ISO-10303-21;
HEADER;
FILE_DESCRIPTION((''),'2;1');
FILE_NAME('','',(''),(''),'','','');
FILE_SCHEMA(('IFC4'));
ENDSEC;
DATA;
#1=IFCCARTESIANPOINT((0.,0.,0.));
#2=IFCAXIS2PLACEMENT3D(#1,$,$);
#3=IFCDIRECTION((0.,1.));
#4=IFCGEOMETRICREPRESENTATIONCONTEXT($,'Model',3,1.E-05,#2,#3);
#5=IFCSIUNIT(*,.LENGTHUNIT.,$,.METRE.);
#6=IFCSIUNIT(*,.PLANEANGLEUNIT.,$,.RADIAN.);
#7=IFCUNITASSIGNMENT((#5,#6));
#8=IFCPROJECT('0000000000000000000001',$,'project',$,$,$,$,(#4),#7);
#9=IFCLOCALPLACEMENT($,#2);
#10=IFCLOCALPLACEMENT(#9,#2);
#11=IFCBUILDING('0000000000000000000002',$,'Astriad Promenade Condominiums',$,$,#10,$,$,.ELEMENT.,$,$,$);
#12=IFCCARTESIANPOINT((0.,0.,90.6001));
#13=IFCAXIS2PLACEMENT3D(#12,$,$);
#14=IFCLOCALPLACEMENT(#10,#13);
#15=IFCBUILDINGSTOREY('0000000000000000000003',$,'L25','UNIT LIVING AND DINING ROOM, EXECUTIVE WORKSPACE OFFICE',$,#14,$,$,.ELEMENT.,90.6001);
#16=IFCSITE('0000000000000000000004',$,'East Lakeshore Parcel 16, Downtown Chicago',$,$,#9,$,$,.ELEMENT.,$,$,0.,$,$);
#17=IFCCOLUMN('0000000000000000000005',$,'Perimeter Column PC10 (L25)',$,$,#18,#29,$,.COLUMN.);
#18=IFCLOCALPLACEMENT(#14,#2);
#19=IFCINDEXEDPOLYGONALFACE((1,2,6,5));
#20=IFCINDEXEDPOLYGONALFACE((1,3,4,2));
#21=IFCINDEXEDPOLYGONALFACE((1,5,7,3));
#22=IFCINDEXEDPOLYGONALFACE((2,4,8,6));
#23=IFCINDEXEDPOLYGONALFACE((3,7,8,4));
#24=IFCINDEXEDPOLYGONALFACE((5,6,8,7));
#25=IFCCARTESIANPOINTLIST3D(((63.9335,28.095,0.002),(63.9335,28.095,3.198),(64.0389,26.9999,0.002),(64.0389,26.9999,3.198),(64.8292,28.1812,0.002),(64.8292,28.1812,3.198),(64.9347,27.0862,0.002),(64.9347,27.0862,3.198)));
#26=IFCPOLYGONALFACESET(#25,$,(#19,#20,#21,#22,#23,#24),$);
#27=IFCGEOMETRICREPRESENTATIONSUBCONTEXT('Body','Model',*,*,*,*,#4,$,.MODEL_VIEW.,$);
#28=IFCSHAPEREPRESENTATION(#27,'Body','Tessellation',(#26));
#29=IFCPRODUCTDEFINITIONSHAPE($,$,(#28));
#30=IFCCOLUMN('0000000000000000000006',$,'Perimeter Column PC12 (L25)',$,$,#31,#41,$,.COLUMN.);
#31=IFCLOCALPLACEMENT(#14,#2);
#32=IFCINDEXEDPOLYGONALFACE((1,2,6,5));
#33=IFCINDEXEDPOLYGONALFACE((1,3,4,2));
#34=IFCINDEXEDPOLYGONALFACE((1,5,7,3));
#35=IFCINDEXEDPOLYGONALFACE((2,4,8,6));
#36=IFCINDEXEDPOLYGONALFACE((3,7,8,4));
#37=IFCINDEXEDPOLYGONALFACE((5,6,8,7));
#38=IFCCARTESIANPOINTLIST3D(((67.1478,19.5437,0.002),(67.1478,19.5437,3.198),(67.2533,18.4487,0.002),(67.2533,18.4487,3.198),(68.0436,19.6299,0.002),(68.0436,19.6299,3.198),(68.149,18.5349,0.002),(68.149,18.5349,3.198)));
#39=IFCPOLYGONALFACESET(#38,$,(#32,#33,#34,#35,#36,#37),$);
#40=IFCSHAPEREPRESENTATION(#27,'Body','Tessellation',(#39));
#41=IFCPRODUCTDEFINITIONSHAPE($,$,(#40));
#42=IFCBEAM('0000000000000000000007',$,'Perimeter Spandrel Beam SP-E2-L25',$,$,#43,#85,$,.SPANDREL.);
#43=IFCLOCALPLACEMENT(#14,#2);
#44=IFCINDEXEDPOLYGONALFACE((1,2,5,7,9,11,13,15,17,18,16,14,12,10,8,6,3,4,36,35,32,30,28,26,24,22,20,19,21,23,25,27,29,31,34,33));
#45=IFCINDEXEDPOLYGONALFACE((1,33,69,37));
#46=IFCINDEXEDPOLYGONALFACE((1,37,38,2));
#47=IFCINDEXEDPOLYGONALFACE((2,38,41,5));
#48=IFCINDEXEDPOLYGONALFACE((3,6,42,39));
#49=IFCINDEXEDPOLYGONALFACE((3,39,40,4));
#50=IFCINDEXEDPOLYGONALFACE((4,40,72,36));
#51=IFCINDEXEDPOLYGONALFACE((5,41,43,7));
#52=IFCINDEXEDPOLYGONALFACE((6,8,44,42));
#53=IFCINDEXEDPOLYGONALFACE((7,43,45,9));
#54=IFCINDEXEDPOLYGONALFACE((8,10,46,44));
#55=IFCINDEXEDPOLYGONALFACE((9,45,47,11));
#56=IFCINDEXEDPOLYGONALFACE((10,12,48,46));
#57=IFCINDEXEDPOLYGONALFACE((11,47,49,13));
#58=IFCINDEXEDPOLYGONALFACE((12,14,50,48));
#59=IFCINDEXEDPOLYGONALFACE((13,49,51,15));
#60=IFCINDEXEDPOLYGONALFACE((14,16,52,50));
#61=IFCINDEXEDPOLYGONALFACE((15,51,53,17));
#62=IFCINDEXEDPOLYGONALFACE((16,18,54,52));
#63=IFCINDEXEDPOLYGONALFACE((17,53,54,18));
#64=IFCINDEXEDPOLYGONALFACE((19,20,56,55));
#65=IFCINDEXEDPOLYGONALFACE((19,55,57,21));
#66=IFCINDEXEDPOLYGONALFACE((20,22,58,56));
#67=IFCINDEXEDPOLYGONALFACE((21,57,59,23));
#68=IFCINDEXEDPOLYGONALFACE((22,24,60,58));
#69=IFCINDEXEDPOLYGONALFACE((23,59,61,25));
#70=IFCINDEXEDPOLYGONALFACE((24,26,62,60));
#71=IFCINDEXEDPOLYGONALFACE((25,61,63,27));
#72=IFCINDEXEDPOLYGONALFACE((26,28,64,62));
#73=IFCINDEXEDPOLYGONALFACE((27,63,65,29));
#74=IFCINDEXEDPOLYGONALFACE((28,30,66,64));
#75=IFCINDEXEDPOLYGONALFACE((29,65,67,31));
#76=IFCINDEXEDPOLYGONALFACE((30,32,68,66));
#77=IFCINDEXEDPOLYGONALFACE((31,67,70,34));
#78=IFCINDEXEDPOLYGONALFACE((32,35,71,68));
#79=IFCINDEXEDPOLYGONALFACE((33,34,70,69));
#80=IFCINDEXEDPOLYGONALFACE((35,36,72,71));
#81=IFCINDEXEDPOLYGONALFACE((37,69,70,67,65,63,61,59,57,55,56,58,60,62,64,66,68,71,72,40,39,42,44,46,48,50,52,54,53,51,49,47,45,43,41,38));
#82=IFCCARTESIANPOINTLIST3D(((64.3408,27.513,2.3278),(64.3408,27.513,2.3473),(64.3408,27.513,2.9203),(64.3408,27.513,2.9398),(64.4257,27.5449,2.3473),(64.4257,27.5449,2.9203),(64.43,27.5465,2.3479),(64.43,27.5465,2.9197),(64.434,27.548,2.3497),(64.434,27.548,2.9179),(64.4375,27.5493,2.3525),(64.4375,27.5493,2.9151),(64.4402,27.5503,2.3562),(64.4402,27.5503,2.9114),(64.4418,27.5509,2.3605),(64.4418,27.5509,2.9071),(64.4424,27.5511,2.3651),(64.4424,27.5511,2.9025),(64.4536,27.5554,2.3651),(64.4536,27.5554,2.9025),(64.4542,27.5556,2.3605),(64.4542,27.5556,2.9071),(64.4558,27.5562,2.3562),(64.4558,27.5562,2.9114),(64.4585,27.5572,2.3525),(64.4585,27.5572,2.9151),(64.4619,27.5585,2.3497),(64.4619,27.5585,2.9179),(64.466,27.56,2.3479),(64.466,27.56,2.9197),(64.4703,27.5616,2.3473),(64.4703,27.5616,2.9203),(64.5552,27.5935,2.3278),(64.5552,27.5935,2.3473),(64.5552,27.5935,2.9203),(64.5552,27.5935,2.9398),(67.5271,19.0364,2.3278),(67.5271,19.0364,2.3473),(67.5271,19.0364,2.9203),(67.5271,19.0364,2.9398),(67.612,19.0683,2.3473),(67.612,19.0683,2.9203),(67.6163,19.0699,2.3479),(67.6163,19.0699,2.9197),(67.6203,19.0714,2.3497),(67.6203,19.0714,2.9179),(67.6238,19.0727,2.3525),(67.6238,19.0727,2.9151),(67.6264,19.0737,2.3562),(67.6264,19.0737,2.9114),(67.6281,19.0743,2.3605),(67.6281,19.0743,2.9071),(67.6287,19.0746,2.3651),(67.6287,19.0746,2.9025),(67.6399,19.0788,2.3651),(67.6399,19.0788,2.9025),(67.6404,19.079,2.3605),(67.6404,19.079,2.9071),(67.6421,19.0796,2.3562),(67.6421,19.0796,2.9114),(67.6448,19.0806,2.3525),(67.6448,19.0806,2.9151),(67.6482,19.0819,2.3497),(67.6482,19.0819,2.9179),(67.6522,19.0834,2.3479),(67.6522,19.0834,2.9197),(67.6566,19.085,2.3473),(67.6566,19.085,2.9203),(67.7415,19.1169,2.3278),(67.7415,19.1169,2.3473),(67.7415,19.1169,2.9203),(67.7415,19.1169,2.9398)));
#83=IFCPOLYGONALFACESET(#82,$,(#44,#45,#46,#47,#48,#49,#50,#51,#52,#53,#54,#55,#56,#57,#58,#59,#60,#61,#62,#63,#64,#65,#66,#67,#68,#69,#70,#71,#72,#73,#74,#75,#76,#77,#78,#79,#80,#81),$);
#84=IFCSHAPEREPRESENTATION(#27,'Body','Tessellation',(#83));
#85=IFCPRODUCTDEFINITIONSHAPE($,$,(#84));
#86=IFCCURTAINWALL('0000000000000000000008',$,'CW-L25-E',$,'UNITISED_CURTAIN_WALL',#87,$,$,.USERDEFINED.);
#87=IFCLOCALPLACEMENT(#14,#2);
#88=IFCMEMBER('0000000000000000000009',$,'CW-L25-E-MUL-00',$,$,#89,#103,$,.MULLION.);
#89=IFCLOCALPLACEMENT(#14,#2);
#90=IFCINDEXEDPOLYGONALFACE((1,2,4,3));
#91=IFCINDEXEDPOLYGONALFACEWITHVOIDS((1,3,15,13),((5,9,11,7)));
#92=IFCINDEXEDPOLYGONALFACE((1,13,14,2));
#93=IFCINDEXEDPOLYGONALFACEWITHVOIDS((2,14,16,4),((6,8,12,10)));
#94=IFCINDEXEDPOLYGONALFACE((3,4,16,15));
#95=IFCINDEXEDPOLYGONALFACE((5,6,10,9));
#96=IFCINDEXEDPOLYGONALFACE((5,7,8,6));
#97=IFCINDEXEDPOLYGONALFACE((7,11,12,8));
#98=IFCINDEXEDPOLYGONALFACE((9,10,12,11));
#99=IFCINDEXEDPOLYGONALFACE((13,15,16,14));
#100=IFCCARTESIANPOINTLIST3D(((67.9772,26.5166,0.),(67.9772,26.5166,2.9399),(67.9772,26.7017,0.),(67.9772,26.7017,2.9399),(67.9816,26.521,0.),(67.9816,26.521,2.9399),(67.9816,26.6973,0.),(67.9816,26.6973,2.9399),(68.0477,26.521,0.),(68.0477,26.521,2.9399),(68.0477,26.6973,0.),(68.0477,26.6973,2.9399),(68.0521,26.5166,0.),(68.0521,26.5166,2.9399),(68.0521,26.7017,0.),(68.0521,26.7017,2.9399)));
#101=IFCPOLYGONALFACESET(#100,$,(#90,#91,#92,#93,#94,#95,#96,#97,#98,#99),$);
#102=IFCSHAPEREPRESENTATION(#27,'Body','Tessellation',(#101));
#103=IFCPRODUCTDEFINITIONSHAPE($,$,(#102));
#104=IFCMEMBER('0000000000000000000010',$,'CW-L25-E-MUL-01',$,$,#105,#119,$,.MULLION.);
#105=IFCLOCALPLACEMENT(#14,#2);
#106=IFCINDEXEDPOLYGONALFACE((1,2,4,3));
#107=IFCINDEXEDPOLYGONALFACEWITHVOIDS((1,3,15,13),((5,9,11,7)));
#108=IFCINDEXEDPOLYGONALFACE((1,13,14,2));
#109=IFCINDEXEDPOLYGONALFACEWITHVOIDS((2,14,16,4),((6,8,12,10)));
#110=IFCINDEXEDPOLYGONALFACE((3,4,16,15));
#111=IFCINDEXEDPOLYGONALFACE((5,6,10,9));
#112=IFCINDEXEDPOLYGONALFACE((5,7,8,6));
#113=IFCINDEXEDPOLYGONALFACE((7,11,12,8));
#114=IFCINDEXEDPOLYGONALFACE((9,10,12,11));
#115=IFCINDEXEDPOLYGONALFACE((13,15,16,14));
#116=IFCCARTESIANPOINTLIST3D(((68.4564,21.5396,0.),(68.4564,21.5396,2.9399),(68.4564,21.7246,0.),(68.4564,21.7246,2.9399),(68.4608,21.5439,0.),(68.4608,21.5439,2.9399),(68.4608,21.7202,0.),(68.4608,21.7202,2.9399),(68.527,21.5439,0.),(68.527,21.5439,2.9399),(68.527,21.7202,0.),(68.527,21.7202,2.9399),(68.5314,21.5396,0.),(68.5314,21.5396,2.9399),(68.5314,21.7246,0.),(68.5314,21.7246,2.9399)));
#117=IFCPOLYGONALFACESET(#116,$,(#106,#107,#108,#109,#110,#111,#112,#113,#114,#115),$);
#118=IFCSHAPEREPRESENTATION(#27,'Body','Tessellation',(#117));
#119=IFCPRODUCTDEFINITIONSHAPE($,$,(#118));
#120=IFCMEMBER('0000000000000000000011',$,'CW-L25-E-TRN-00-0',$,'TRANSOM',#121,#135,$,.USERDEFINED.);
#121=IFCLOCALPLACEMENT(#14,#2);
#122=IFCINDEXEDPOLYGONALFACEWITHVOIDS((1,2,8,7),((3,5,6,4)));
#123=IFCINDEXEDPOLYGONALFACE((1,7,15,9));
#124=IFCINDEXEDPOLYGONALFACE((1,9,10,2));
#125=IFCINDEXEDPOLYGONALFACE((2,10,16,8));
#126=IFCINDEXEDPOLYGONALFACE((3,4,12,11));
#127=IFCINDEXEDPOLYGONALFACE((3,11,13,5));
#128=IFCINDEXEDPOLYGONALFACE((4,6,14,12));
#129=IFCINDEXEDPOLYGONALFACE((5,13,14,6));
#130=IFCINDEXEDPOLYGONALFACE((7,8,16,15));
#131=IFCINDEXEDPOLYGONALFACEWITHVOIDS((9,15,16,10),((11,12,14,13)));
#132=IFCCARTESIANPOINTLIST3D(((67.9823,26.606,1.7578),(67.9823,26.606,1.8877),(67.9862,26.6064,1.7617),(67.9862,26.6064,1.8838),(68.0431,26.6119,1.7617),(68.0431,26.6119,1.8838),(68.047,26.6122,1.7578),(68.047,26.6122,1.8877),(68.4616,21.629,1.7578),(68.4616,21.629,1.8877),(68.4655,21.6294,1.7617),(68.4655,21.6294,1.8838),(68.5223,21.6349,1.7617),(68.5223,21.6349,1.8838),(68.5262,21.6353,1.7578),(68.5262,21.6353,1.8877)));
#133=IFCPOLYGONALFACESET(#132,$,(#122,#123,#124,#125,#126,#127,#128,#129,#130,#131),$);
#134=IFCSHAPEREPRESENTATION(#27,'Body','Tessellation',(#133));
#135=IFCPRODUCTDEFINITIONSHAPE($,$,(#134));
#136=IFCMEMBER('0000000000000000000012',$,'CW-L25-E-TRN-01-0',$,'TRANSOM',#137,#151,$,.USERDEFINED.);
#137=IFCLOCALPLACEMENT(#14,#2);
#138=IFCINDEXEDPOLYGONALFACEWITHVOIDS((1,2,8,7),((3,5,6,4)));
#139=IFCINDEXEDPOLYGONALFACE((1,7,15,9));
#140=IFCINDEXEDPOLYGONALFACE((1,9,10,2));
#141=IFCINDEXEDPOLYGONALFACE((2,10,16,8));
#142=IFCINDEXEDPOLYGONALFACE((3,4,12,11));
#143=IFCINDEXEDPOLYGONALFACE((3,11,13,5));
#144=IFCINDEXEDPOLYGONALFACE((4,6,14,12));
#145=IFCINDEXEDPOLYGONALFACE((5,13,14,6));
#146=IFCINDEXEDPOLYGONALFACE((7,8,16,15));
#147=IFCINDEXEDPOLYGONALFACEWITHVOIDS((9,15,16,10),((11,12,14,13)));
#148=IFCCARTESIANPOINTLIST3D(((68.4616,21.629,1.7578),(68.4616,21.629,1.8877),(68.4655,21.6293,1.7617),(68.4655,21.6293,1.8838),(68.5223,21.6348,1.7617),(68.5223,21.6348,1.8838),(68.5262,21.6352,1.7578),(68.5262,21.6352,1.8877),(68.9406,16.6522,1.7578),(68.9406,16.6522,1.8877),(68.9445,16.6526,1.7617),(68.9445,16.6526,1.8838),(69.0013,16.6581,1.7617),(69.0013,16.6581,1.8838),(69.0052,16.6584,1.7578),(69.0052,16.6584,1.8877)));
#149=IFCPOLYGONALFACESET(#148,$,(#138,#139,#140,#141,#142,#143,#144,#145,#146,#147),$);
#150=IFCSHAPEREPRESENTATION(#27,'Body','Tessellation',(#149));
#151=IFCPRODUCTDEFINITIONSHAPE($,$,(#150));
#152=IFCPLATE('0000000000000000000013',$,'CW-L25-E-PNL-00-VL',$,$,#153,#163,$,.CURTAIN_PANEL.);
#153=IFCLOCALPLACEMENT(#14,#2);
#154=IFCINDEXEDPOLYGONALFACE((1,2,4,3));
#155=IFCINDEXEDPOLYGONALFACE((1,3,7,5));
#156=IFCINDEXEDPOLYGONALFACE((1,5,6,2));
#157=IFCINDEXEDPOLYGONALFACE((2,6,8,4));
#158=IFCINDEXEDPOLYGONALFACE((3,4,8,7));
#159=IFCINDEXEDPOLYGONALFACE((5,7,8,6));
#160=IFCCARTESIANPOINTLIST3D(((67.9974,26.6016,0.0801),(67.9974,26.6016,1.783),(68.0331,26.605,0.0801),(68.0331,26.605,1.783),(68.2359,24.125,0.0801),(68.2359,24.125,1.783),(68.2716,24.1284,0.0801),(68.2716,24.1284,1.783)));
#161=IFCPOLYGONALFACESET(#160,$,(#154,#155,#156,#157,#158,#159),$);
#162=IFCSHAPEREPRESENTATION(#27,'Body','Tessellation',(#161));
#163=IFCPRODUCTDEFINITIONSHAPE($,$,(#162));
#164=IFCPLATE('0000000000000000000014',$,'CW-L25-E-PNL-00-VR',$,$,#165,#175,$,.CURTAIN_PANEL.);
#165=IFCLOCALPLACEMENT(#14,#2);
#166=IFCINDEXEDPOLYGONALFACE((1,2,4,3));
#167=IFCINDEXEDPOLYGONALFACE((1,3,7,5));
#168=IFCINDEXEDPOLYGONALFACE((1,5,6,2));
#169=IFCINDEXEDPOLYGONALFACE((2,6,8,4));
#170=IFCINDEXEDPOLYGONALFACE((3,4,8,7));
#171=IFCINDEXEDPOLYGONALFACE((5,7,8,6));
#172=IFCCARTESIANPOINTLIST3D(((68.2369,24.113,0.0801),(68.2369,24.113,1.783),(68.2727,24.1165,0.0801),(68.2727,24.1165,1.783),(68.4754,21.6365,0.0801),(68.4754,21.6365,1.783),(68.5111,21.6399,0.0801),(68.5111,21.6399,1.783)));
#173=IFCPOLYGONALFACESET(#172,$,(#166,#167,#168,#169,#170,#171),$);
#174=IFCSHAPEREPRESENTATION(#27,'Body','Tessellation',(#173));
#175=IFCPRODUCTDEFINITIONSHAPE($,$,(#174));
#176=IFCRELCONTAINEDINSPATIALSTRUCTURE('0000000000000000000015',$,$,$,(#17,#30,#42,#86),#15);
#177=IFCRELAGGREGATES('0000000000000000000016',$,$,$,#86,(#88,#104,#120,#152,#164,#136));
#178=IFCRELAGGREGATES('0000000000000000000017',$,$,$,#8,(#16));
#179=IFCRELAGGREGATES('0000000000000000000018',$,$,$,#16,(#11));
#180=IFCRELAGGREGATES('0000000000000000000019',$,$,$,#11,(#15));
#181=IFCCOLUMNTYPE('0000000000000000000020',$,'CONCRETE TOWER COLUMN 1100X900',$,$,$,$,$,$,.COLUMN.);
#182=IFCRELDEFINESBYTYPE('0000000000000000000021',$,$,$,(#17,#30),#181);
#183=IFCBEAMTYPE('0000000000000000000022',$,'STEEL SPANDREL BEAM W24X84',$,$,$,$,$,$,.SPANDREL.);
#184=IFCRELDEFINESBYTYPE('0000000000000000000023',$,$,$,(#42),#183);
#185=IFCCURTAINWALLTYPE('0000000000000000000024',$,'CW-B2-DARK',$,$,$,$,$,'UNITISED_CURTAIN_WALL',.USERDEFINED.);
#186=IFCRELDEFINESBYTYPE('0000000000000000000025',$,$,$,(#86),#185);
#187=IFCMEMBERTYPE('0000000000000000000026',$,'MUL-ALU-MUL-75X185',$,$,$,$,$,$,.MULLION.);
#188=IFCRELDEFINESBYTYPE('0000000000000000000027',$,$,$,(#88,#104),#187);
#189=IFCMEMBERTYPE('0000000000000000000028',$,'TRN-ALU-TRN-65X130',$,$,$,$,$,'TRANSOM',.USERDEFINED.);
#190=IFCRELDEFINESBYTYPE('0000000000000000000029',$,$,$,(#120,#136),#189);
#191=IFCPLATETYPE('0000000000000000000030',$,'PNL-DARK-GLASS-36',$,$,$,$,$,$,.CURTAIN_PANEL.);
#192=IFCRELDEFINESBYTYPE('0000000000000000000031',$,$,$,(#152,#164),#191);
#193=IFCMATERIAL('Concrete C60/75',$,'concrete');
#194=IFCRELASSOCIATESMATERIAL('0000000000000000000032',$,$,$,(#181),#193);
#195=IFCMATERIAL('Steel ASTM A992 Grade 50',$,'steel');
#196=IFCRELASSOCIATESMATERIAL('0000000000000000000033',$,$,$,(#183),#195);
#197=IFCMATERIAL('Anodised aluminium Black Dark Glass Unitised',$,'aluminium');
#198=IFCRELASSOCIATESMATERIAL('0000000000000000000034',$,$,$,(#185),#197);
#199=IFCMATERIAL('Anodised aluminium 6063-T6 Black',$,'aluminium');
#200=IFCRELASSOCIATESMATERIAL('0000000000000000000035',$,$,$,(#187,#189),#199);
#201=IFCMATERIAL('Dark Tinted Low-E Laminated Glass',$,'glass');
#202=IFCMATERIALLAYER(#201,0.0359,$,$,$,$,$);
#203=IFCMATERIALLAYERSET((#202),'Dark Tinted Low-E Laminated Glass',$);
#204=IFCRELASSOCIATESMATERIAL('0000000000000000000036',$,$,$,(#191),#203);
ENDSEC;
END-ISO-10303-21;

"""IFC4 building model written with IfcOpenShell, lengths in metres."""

from ifc_helpers import new_model, si_unit, direction, frame, origin, origin_2d, place, context, subcontext, project, spatial, rectangle, hollow_rectangle, i_section, extrude, source, transform, mapped, material, layer, layer_set, material_profile, profile_set, type_object, type_shapes, element, aggregate, save


model = new_model("IFC4")

# Units and contexts
model_context = context("Model", 3, precision=1e-05, world=origin(), true_north=direction((0.0, 1.0)))
body_context = subcontext(model_context, "Body", "Model", "MODEL_VIEW")
ifc_project = project(units=[si_unit("LENGTHUNIT", "METRE"), si_unit("PLANEANGLEUNIT", "RADIAN")], contexts=[model_context])

# Site, building, storey
site_placement = place(None, origin())
site = spatial("IfcSite", under=ifc_project, at=site_placement, Name="East Lakeshore Parcel 16, Downtown Chicago", CompositionType="ELEMENT", RefElevation=0.0)
building_placement = place(site_placement, origin())
building = spatial("IfcBuilding", under=site, at=building_placement, Name="Astriad Promenade Condominiums", CompositionType="ELEMENT")
storey_placement = place(building_placement, frame((0.0, 0.0, 90.6001)))
storey = spatial("IfcBuildingStorey", under=building, at=storey_placement, Name="L25", Description="UNIT LIVING AND DINING ROOM, EXECUTIVE WORKSPACE OFFICE", CompositionType="ELEMENT", Elevation=90.6001)

# Columns
ifc_material_1 = material(Name="Concrete C60/75", Category="concrete")
ifc_material_profile_1 = material_profile(ifc_material_1, rectangle(XDim=0.8999, YDim=1.1001, at=origin_2d()), Name="RC-COL-1100X900")
ifc_profile_set_1 = profile_set([ifc_material_profile_1], Name="Concrete C60/75")
column_type = type_object("IfcColumnType", Name="CONCRETE TOWER COLUMN 1100X900", PredefinedType="COLUMN", material=ifc_profile_set_1)
shared_shape_1 = source(origin(), body_context, "Body", "SweptSolid", [
    extrude(rectangle(XDim=0.8999, YDim=1.1001, at=origin_2d()), origin(), (0.0, 0.0, 1.0), 3.196),
])
type_shapes(column_type, [shared_shape_1])
for number, where, z_axis, x_axis, name in (
    (1, (64.4341, 27.5906, 0.002), (0.0, 0.0, 1.0), (0.995396, 0.095846, 0.0), "Perimeter Column PC10 (L25)"),
    (2, (67.6484, 19.0393, 0.002), (0.0, 0.0, 1.0), (0.995396, 0.095846, 0.0), "Perimeter Column PC12 (L25)"),
):
    element("IfcColumn", number, at=place(storey_placement, frame(where, z_axis=z_axis, x_axis=x_axis)), inside=storey, type_object=column_type, Name=name, PredefinedType="COLUMN", context=body_context, shape_type="MappedRepresentation", body=[
        mapped(shared_shape_1, transform((0.0, 0.0, 0.0), scale=1.0)),
    ])

# Beam
ifc_material_2 = material(Name="Steel ASTM A992 Grade 50", Category="steel")
ifc_material_profile_2 = material_profile(ifc_material_2, i_section(OverallWidth=0.229, OverallDepth=0.6121, WebThickness=0.012, FlangeThickness=0.0195, FilletRadius=0.0178, at=origin_2d()), Name="W24X84")
ifc_profile_set_2 = profile_set([ifc_material_profile_2], Name="Steel ASTM A992 Grade 50")
beam_type = type_object("IfcBeamType", Name="STEEL SPANDREL BEAM W24X84", PredefinedType="SPANDREL", material=ifc_profile_set_2)
shared_shape_2 = source(origin(), body_context, "Body", "SweptSolid", [
    extrude(i_section(OverallWidth=0.229, OverallDepth=0.6121, WebThickness=0.012, FlangeThickness=0.0195, FilletRadius=0.0178, at=origin_2d()), origin(), (0.0, 0.0, 1.0), 9.0557),
])
type_shapes(beam_type, [shared_shape_2])
beam_placement = place(storey_placement, frame((67.6343, 19.0767, 2.6338), z_axis=(-0.351856, 0.936054, 0.0), x_axis=(-0.936054, -0.351856, 0.0)))
element("IfcBeam", 3, at=beam_placement, inside=storey, type_object=beam_type, Name="Perimeter Spandrel Beam SP-E2-L25", PredefinedType="SPANDREL", context=body_context, shape_type="MappedRepresentation", body=[
    mapped(shared_shape_2, transform((0.0, 0.0, 0.0), scale=1.0)),
])

# Curtain wall, members, plates
ifc_material_3 = material(Name="Anodised aluminium Black Dark Glass Unitised", Category="aluminium")
curtain_wall_type = type_object("IfcCurtainWallType", Name="CW-B2-DARK", ElementType="UNITISED_CURTAIN_WALL", PredefinedType="USERDEFINED", material=ifc_material_3)
curtain_wall_placement = place(storey_placement, origin())
curtain_wall = element("IfcCurtainWall", 4, at=curtain_wall_placement, inside=storey, type_object=curtain_wall_type, Name="CW-L25-E", ObjectType="UNITISED_CURTAIN_WALL", PredefinedType="USERDEFINED")
ifc_material_4 = material(Name="Anodised aluminium 6063-T6 Black", Category="aluminium")
ifc_material_profile_3 = material_profile(ifc_material_4, hollow_rectangle(XDim=0.075, YDim=0.1851, WallThickness=0.0044, at=origin_2d()), Name="ALU-MUL-75X185")
ifc_profile_set_3 = profile_set([ifc_material_profile_3], Name="Anodised aluminium 6063-T6 Black")
member_type_1 = type_object("IfcMemberType", Name="MUL-ALU-MUL-75X185", PredefinedType="MULLION", material=ifc_profile_set_3)
shared_shape_3 = source(origin(), body_context, "Body", "SweptSolid", [
    extrude(hollow_rectangle(XDim=0.075, YDim=0.1851, WallThickness=0.0044, at=origin_2d()), origin(), (0.0, 0.0, 1.0), 2.9399),
])
type_shapes(member_type_1, [shared_shape_3])
member_1_placement = place(storey_placement, frame((68.0146, 26.6091, 0.0), z_axis=(0.0, 0.0, 1.0), x_axis=(1.0, 0.0, 0.0)))
member_1 = element("IfcMember", 5, at=member_1_placement, type_object=member_type_1, Name="CW-L25-E-MUL-00", PredefinedType="MULLION", context=body_context, shape_type="MappedRepresentation", body=[
    mapped(shared_shape_3, transform((0.0, 0.0, 0.0), scale=1.0)),
])
member_2_placement = place(storey_placement, frame((68.4939, 21.6321, 0.0), z_axis=(0.0, 0.0, 1.0), x_axis=(1.0, 0.0, 0.0)))
member_2 = element("IfcMember", 6, at=member_2_placement, type_object=member_type_1, Name="CW-L25-E-MUL-01", PredefinedType="MULLION", context=body_context, shape_type="MappedRepresentation", body=[
    mapped(shared_shape_3, transform((0.0, 0.0, 0.0), scale=1.0)),
])
ifc_material_profile_4 = material_profile(ifc_material_4, hollow_rectangle(XDim=0.0649, YDim=0.1299, WallThickness=0.0039, at=origin_2d()), Name="ALU-TRN-65X130")
ifc_profile_set_4 = profile_set([ifc_material_profile_4], Name="Anodised aluminium 6063-T6 Black")
member_type_2 = type_object("IfcMemberType", Name="TRN-ALU-TRN-65X130", ElementType="TRANSOM", PredefinedType="USERDEFINED", material=ifc_profile_set_4)
shared_shape_4 = source(origin(), body_context, "Body", "SweptSolid", [
    extrude(hollow_rectangle(XDim=0.0649, YDim=0.1299, WallThickness=0.0039, at=origin_2d()), origin(), (0.0, 0.0, 1.0), 5.0),
])
member_3_placement = place(storey_placement, frame((68.0146, 26.6091, 1.8228), z_axis=(0.095848, -0.995396, 0.0), x_axis=(0.995396, 0.095848, 0.0)))
member_3 = element("IfcMember", 7, at=member_3_placement, type_object=member_type_2, Name="CW-L25-E-TRN-00-0", ObjectType="TRANSOM", PredefinedType="USERDEFINED", context=body_context, shape_type="MappedRepresentation", body=[
    mapped(shared_shape_4, transform((0.0, 0.0, 0.0), scale=1.0)),
])
shared_shape_5 = source(origin(), body_context, "Body", "SweptSolid", [
    extrude(hollow_rectangle(XDim=0.0649, YDim=0.1299, WallThickness=0.0039, at=origin_2d()), origin(), (0.0, 0.0, 1.0), 4.9998),
])
type_shapes(member_type_2, [shared_shape_4, shared_shape_5])
member_4_placement = place(storey_placement, frame((68.4939, 21.6321, 1.8228), z_axis=(0.095805, -0.9954, 0.0), x_axis=(0.9954, 0.095805, 0.0)))
member_4 = element("IfcMember", 8, at=member_4_placement, type_object=member_type_2, Name="CW-L25-E-TRN-01-0", ObjectType="TRANSOM", PredefinedType="USERDEFINED", context=body_context, shape_type="MappedRepresentation", body=[
    mapped(shared_shape_5, transform((0.0, 0.0, 0.0), scale=1.0)),
])
ifc_material_5 = material(Name="Dark Tinted Low-E Laminated Glass", Category="glass")
ifc_layer_1 = layer(ifc_material_5, 0.0359)
ifc_layer_set_1 = layer_set([ifc_layer_1], Name="Dark Tinted Low-E Laminated Glass")
plate_type = type_object("IfcPlateType", Name="PNL-DARK-GLASS-36", PredefinedType="CURTAIN_PANEL", material=ifc_layer_set_1)
shared_shape_6 = source(origin(), body_context, "Body", "SweptSolid", [
    extrude(rectangle(XDim=2.488, YDim=0.0359, at=origin_2d()), origin(), (0.0, 0.0, 1.0), 1.7029),
])
plate_1_placement = place(storey_placement, frame((68.1345, 25.365, 0.0801), z_axis=(0.0, 0.0, 1.0), x_axis=(0.095846, -0.995396, 0.0)))
plate_1 = element("IfcPlate", 9, at=plate_1_placement, type_object=plate_type, Name="CW-L25-E-PNL-00-VL", PredefinedType="CURTAIN_PANEL", context=body_context, shape_type="MappedRepresentation", body=[
    mapped(shared_shape_6, transform((0.0, 0.0, 0.0), scale=1.0)),
])
plate_2_placement = place(storey_placement, frame((68.374, 22.8765, 0.0801), z_axis=(0.0, 0.0, 1.0), x_axis=(0.095846, -0.995396, 0.0)))
plate_2 = element("IfcPlate", 10, at=plate_2_placement, type_object=plate_type, Name="CW-L25-E-PNL-00-VR", PredefinedType="CURTAIN_PANEL", context=body_context, shape_type="MappedRepresentation", body=[
    mapped(shared_shape_6, transform((0.0, 0.0, 0.0), scale=1.0)),
])
aggregate(curtain_wall, [member_1, member_2, member_3, plate_1, plate_2, member_4])

save(model, "model.ifc")
